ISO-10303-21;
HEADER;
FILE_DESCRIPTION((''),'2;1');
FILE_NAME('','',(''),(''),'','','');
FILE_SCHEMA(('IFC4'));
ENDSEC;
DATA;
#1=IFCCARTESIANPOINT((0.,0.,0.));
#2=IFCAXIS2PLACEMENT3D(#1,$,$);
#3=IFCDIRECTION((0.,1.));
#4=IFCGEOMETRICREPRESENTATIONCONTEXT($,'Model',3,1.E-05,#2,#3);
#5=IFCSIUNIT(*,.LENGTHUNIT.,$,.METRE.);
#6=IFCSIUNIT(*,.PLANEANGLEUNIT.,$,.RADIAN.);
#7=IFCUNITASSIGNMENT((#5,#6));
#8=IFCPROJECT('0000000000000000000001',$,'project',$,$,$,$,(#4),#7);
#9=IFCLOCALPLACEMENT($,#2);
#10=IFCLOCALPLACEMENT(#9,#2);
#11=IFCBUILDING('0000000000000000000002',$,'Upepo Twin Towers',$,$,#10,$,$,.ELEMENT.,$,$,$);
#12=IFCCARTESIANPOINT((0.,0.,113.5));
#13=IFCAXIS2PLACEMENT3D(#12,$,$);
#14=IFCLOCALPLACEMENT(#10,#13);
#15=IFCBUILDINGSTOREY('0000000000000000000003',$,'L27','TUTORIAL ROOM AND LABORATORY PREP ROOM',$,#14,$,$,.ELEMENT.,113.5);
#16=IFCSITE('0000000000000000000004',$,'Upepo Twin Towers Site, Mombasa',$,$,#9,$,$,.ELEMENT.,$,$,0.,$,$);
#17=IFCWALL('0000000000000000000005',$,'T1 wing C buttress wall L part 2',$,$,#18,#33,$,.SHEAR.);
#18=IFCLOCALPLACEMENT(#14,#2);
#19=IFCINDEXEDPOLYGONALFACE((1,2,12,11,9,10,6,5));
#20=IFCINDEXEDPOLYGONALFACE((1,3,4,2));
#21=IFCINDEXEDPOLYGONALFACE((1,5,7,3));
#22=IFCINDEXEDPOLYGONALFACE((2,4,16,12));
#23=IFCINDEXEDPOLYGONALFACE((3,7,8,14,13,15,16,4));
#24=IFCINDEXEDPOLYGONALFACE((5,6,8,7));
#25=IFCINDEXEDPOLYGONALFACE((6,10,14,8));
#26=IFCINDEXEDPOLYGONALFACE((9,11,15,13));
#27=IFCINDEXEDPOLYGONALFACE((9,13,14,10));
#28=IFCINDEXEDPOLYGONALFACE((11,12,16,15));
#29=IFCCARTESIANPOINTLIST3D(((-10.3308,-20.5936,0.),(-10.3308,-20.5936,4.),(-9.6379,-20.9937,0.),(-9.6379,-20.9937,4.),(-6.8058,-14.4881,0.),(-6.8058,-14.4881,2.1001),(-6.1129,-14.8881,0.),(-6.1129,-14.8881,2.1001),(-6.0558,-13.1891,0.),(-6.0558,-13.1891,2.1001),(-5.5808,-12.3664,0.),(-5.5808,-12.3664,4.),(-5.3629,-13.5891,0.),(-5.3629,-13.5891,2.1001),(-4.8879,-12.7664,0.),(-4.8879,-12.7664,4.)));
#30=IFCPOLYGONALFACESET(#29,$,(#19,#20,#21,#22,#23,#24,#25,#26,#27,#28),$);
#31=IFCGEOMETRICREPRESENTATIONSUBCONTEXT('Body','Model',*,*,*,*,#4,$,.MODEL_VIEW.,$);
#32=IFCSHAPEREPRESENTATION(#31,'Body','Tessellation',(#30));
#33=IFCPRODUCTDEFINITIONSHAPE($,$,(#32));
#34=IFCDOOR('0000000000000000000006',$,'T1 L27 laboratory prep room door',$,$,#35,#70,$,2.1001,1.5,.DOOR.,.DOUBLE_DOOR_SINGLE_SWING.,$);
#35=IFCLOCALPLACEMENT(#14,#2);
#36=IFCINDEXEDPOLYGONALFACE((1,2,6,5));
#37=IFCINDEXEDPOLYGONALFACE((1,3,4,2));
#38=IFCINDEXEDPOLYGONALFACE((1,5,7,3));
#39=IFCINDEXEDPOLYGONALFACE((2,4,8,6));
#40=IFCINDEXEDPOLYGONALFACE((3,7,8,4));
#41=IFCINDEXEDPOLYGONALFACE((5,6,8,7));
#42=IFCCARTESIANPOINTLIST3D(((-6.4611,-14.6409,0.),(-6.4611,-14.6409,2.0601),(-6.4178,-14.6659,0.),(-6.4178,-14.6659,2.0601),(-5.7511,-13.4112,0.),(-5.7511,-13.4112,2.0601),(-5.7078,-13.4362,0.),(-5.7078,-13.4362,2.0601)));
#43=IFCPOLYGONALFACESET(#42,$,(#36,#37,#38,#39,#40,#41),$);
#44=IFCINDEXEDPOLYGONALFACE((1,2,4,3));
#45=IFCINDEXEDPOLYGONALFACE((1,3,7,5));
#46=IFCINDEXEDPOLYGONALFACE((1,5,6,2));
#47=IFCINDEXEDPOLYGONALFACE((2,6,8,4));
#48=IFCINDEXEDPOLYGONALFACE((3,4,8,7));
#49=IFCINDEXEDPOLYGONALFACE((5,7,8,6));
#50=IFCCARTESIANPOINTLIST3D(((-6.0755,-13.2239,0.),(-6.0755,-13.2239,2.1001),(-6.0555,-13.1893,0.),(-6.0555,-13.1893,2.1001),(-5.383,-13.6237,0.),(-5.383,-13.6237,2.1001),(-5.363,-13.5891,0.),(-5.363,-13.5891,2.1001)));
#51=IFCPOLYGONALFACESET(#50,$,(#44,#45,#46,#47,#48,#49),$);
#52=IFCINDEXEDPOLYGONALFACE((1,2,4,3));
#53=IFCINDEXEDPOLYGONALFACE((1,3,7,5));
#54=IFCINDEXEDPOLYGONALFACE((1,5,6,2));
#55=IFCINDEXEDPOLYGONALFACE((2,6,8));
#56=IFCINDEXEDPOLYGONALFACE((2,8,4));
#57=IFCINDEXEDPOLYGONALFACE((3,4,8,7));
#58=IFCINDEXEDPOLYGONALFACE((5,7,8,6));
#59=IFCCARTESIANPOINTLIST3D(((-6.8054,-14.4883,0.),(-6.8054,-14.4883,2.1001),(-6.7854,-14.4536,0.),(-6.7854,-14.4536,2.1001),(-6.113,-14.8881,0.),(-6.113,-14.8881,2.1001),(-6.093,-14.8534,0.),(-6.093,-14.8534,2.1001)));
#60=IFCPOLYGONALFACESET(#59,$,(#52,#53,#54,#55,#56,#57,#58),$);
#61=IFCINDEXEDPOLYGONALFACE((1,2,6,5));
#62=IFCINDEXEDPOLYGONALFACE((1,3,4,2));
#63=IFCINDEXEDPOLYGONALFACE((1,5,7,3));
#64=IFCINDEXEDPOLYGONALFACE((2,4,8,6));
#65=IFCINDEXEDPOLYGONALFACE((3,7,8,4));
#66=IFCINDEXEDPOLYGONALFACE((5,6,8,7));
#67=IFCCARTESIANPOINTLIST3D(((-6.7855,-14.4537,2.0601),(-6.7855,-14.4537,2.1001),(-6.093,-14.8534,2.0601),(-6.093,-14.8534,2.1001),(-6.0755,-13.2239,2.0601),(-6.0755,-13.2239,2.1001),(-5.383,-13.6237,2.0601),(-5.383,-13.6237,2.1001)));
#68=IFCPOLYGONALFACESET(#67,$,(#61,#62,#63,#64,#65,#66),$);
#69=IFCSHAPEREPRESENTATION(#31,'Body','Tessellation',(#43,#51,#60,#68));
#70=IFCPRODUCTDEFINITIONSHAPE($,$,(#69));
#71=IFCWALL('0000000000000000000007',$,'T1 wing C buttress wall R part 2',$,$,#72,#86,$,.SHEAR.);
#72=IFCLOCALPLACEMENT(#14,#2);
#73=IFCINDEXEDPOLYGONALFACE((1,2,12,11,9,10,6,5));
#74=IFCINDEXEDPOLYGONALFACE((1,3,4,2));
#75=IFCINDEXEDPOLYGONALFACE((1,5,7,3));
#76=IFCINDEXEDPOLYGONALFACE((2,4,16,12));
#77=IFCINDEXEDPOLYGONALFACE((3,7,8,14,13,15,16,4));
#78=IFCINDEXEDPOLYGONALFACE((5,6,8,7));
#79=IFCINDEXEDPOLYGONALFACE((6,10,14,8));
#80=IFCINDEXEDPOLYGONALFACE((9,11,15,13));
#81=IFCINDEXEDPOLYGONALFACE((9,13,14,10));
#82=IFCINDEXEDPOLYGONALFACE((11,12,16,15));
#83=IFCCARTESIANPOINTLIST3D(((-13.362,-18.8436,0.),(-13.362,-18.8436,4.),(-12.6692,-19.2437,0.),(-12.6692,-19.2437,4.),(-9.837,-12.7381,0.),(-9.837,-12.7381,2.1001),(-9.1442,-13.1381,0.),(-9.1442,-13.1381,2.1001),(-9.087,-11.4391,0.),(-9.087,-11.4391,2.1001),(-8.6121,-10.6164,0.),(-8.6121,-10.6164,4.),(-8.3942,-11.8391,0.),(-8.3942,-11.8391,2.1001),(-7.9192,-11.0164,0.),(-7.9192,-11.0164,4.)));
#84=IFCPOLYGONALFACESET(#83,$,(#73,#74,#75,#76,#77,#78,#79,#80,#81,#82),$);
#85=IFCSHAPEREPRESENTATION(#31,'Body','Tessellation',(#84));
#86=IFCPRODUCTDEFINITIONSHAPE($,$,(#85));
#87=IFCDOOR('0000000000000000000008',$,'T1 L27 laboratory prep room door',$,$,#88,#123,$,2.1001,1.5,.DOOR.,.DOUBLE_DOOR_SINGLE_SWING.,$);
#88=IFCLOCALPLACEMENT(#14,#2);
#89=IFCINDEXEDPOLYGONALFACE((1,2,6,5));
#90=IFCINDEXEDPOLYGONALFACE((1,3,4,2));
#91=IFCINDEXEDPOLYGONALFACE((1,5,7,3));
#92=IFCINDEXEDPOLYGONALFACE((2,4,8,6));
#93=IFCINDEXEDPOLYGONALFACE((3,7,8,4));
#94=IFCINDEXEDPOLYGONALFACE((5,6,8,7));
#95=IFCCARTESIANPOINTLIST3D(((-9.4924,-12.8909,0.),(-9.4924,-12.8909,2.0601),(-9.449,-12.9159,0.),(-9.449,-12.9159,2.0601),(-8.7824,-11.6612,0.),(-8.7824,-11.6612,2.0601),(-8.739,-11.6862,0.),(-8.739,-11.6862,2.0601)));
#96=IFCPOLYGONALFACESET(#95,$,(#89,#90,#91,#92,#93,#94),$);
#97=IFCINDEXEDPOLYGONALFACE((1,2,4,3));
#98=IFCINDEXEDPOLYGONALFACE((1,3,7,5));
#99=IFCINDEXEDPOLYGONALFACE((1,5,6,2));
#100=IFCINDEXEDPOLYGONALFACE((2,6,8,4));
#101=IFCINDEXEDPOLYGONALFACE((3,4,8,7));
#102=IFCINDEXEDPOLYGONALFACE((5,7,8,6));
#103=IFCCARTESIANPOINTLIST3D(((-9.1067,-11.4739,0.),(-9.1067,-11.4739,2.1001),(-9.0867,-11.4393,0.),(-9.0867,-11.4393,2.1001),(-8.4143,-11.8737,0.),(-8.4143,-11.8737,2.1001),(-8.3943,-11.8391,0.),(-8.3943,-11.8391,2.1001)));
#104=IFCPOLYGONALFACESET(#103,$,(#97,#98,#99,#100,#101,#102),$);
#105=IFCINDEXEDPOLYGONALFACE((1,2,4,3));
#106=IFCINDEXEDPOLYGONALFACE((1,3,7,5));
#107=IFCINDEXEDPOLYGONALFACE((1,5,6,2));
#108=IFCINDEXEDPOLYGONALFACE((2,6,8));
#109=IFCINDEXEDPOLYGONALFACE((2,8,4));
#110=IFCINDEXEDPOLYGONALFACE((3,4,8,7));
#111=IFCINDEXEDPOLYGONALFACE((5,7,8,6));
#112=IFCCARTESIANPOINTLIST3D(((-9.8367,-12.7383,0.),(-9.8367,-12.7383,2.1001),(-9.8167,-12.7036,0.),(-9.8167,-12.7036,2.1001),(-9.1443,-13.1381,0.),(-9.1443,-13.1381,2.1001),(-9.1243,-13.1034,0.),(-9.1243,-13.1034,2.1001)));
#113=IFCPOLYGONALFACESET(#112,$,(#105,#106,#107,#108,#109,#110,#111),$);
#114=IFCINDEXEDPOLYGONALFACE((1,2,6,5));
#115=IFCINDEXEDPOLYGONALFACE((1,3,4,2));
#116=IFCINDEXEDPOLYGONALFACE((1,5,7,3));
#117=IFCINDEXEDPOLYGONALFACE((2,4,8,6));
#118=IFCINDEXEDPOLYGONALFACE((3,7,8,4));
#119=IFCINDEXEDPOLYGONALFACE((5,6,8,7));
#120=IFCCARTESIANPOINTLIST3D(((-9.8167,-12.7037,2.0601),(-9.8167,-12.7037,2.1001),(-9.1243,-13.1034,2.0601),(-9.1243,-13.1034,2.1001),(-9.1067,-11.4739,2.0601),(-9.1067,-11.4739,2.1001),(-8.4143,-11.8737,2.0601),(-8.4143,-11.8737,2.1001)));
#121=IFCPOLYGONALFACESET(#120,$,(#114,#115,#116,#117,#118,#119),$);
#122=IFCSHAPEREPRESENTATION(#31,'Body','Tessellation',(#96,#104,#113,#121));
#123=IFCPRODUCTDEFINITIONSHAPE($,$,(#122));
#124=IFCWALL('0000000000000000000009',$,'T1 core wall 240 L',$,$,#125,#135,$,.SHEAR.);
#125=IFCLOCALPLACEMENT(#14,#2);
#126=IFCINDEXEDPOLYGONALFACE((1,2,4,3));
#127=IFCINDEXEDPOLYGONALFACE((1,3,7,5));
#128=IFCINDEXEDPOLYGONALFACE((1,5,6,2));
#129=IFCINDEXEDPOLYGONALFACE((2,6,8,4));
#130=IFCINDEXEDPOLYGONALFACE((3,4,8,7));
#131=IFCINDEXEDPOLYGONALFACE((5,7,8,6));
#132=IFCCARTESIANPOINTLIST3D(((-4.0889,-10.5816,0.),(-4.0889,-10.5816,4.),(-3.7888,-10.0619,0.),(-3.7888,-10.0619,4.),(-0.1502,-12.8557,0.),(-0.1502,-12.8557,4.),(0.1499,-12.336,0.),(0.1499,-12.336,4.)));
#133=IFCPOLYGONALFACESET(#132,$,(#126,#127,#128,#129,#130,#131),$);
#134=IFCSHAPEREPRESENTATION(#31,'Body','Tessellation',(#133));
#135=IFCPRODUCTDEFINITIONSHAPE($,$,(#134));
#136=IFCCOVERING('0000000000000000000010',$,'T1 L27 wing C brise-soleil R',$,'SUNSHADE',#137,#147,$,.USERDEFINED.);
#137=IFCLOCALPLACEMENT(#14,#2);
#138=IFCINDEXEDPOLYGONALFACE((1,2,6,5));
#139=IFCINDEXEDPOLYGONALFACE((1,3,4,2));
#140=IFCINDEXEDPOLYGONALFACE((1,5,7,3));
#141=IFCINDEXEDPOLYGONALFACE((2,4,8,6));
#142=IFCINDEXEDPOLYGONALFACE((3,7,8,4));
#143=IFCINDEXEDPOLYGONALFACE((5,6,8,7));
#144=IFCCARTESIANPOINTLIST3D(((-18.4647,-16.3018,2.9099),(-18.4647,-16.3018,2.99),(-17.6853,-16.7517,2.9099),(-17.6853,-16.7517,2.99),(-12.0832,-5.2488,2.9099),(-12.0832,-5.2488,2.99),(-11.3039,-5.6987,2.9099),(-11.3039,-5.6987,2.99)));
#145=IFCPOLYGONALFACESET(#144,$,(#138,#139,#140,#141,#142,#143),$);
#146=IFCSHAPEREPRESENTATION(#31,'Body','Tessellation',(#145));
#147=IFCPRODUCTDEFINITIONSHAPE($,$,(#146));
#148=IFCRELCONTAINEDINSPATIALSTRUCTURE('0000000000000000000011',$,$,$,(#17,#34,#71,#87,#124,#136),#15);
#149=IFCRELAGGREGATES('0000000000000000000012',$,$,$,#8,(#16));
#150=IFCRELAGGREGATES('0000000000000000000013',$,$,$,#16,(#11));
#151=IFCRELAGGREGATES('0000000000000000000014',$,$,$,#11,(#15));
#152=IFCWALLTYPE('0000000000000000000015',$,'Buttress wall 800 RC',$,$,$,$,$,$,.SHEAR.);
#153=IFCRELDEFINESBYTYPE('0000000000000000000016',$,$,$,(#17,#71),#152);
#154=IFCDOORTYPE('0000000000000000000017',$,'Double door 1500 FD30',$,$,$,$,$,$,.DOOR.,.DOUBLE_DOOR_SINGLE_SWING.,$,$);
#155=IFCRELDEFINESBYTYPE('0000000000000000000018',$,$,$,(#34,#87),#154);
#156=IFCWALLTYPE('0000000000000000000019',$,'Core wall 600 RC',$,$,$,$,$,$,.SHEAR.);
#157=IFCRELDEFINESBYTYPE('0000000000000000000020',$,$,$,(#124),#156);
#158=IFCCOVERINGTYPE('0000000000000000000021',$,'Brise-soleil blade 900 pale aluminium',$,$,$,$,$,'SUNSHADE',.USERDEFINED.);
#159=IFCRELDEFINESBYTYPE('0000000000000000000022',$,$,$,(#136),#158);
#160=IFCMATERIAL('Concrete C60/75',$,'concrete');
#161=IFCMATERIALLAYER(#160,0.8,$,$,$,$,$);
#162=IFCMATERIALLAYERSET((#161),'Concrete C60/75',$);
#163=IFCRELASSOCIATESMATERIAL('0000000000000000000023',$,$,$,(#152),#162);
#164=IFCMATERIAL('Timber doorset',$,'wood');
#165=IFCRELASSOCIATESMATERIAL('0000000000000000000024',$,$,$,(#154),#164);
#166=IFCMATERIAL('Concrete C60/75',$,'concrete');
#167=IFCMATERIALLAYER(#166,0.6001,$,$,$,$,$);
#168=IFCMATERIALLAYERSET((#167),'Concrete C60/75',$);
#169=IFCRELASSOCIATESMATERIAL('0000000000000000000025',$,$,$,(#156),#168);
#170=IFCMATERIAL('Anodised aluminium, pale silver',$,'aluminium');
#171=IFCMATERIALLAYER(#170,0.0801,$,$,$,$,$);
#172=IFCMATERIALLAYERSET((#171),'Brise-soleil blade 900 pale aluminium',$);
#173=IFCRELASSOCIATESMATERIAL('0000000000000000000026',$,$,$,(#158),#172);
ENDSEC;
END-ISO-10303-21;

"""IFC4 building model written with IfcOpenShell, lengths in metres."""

from ifc_helpers import new_model, si_unit, direction, frame, frame_2d, origin, origin_2d, place, context, subcontext, project, spatial, rectangle, extrude, material, layer, layer_set, type_object, element, fill, save


model = new_model("IFC4")

# Units and contexts
model_context = context("Model", 3, precision=1e-05, world=origin(), true_north=direction((0.0, 1.0)))
body_context = subcontext(model_context, "Body", "Model", "MODEL_VIEW")
ifc_project = project(units=[si_unit("LENGTHUNIT", "METRE"), si_unit("PLANEANGLEUNIT", "RADIAN")], contexts=[model_context])

# Site, building, storey
site_placement = place(None, origin())
site = spatial("IfcSite", under=ifc_project, at=site_placement, Name="Upepo Twin Towers Site, Mombasa", CompositionType="ELEMENT", RefElevation=0.0)
building_placement = place(site_placement, origin())
building = spatial("IfcBuilding", under=site, at=building_placement, Name="Upepo Twin Towers", CompositionType="ELEMENT")
storey_placement = place(building_placement, frame((0.0, 0.0, 113.5)))
storey = spatial("IfcBuildingStorey", under=building, at=storey_placement, Name="L27", Description="TUTORIAL ROOM AND LABORATORY PREP ROOM", CompositionType="ELEMENT", Elevation=113.5)

# Walls, openings, doors
ifc_material_1 = material(Name="Concrete C60/75", Category="concrete")
ifc_layer_1 = layer(ifc_material_1, 0.8)
ifc_layer_set_1 = layer_set([ifc_layer_1], Name="Concrete C60/75")
wall_type_1 = type_object("IfcWallType", Name="Buttress wall 800 RC", PredefinedType="SHEAR", material=ifc_layer_set_1)
wall_1_placement = place(storey_placement, frame((-5.2344, -12.5664, 0.0), z_axis=(0.0, 0.0, 1.0), x_axis=(-0.499998, -0.866027, 0.0)))
wall_1 = element("IfcWall", 1, at=wall_1_placement, inside=storey, type_object=wall_type_1, Name="T1 wing C buttress wall L part 2", PredefinedType="SHEAR", context=body_context, shape_type="SweptSolid", body=[
    extrude(rectangle(XDim=9.5, YDim=0.8, at=frame_2d((4.75, 0.0))), origin(), (0.0, 0.0, 1.0), 4.0),
])
opening_1_placement = place(wall_1_placement, frame((0.95, 0.0, 0.0)))
opening_1 = element("IfcOpeningElement", 2, at=opening_1_placement, cuts=wall_1, PredefinedType="OPENING", context=body_context, shape_type="SweptSolid", body=[
    extrude(rectangle(XDim=1.5, YDim=2.1001, at=frame_2d((0.75, 1.05))), frame((0.0, 0.4099, 0.0), z_axis=(0.0, -1.0, 0.0), x_axis=(1.0, 0.0, 0.0)), (0.0, 0.0, 1.0), 0.8201),
])
ifc_material_2 = material(Name="Timber doorset", Category="wood")
door_type = type_object("IfcDoorType", Name="Double door 1500 FD30", OperationType="DOUBLE_DOOR_SINGLE_SWING", PredefinedType="DOOR", material=ifc_material_2)
door_1_placement = place(opening_1_placement, origin())
door_1 = element("IfcDoor", 3, at=door_1_placement, inside=storey, type_object=door_type, Name="T1 L27 laboratory prep room door", OperationType="DOUBLE_DOOR_SINGLE_SWING", OverallHeight=2.1001, OverallWidth=1.5, PredefinedType="DOOR", context=body_context, shape_type="SweptSolid", body=[
    extrude(rectangle(XDim=1.42, YDim=2.0601, at=frame_2d((0.75, 1.03))), frame((0.0, 0.0249, 0.0), z_axis=(0.0, -1.0, 0.0), x_axis=(1.0, 0.0, 0.0)), (0.0, 0.0, 1.0), 0.05),
    extrude(rectangle(XDim=0.04, YDim=2.1001, at=frame_2d((0.02, 1.05))), frame((0.0, 0.3999, 0.0), z_axis=(0.0, -1.0, 0.0), x_axis=(1.0, 0.0, 0.0)), (0.0, 0.0, 1.0), 0.7996),
    extrude(rectangle(XDim=0.04, YDim=2.1001, at=frame_2d((1.48, 1.05))), frame((0.0, 0.3999, 0.0), z_axis=(0.0, -1.0, 0.0), x_axis=(1.0, 0.0, 0.0)), (0.0, 0.0, 1.0), 0.7996),
    extrude(rectangle(XDim=1.42, YDim=0.04, at=frame_2d((0.75, 2.0801))), frame((0.0, 0.3999, 0.0), z_axis=(0.0, -1.0, 0.0), x_axis=(1.0, 0.0, 0.0)), (0.0, 0.0, 1.0), 0.7996),
])
fill(opening_1, door_1)
wall_2_placement = place(storey_placement, frame((-8.2656, -10.8164, 0.0), z_axis=(0.0, 0.0, 1.0), x_axis=(-0.499998, -0.866027, 0.0)))
wall_2 = element("IfcWall", 4, at=wall_2_placement, inside=storey, type_object=wall_type_1, Name="T1 wing C buttress wall R part 2", PredefinedType="SHEAR", context=body_context, shape_type="SweptSolid", body=[
    extrude(rectangle(XDim=9.5, YDim=0.8, at=frame_2d((4.75, 0.0))), origin(), (0.0, 0.0, 1.0), 4.0),
])
opening_2_placement = place(wall_2_placement, frame((0.95, 0.0, 0.0)))
opening_2 = element("IfcOpeningElement", 5, at=opening_2_placement, cuts=wall_2, PredefinedType="OPENING", context=body_context, shape_type="SweptSolid", body=[
    extrude(rectangle(XDim=1.5, YDim=2.1001, at=frame_2d((0.75, 1.05))), frame((0.0, 0.4099, 0.0), z_axis=(0.0, -1.0, 0.0), x_axis=(1.0, 0.0, 0.0)), (0.0, 0.0, 1.0), 0.8201),
])
door_2_placement = place(opening_2_placement, origin())
door_2 = element("IfcDoor", 6, at=door_2_placement, inside=storey, type_object=door_type, Name="T1 L27 laboratory prep room door", OperationType="DOUBLE_DOOR_SINGLE_SWING", OverallHeight=2.1001, OverallWidth=1.5, PredefinedType="DOOR", context=body_context, shape_type="SweptSolid", body=[
    extrude(rectangle(XDim=1.42, YDim=2.0601, at=frame_2d((0.75, 1.03))), frame((0.0, 0.0249, 0.0), z_axis=(0.0, -1.0, 0.0), x_axis=(1.0, 0.0, 0.0)), (0.0, 0.0, 1.0), 0.05),
    extrude(rectangle(XDim=0.04, YDim=2.1001, at=frame_2d((0.02, 1.05))), frame((0.0, 0.3999, 0.0), z_axis=(0.0, -1.0, 0.0), x_axis=(1.0, 0.0, 0.0)), (0.0, 0.0, 1.0), 0.7996),
    extrude(rectangle(XDim=0.04, YDim=2.1001, at=frame_2d((1.48, 1.05))), frame((0.0, 0.3999, 0.0), z_axis=(0.0, -1.0, 0.0), x_axis=(1.0, 0.0, 0.0)), (0.0, 0.0, 1.0), 0.7996),
    extrude(rectangle(XDim=1.42, YDim=0.04, at=frame_2d((0.75, 2.0801))), frame((0.0, 0.3999, 0.0), z_axis=(0.0, -1.0, 0.0), x_axis=(1.0, 0.0, 0.0)), (0.0, 0.0, 1.0), 0.7996),
])
fill(opening_2, door_2)

# Wall
ifc_material_3 = material(Name="Concrete C60/75", Category="concrete")
ifc_layer_2 = layer(ifc_material_3, 0.6001)
ifc_layer_set_2 = layer_set([ifc_layer_2], Name="Concrete C60/75")
wall_type_2 = type_object("IfcWallType", Name="Core wall 600 RC", PredefinedType="SHEAR", material=ifc_layer_set_2)
wall_3_placement = place(storey_placement, frame((-3.9387, -10.3218, 0.0), z_axis=(0.0, 0.0, 1.0), x_axis=(0.866011, -0.500024, 0.0)))
element("IfcWall", 7, at=wall_3_placement, inside=storey, type_object=wall_type_2, Name="T1 core wall 240 L", PredefinedType="SHEAR", context=body_context, shape_type="SweptSolid", body=[
    extrude(rectangle(XDim=4.5481, YDim=0.6001, at=frame_2d((2.2739, 0.0))), origin(), (0.0, 0.0, 1.0), 4.0),
])

# Covering
ifc_material_4 = material(Name="Anodised aluminium, pale silver", Category="aluminium")
ifc_layer_3 = layer(ifc_material_4, 0.0801)
ifc_layer_set_3 = layer_set([ifc_layer_3], Name="Brise-soleil blade 900 pale aluminium")
covering_type = type_object("IfcCoveringType", Name="Brise-soleil blade 900 pale aluminium", ElementType="SUNSHADE", PredefinedType="USERDEFINED", material=ifc_layer_set_3)
covering_placement = place(storey_placement, frame((-14.8843, -11.0002, 2.9099), z_axis=(0.0, 0.0, 1.0), x_axis=(-0.5, -0.866025, 0.0)))
element("IfcCovering", 8, at=covering_placement, inside=storey, type_object=covering_type, Name="T1 L27 wing C brise-soleil R", ObjectType="SUNSHADE", PredefinedType="USERDEFINED", context=body_context, shape_type="SweptSolid", body=[
    extrude(rectangle(XDim=12.7629, YDim=0.8999, at=origin_2d()), origin(), (0.0, 0.0, 1.0), 0.0801),
])

save(model, "model.ifc")
